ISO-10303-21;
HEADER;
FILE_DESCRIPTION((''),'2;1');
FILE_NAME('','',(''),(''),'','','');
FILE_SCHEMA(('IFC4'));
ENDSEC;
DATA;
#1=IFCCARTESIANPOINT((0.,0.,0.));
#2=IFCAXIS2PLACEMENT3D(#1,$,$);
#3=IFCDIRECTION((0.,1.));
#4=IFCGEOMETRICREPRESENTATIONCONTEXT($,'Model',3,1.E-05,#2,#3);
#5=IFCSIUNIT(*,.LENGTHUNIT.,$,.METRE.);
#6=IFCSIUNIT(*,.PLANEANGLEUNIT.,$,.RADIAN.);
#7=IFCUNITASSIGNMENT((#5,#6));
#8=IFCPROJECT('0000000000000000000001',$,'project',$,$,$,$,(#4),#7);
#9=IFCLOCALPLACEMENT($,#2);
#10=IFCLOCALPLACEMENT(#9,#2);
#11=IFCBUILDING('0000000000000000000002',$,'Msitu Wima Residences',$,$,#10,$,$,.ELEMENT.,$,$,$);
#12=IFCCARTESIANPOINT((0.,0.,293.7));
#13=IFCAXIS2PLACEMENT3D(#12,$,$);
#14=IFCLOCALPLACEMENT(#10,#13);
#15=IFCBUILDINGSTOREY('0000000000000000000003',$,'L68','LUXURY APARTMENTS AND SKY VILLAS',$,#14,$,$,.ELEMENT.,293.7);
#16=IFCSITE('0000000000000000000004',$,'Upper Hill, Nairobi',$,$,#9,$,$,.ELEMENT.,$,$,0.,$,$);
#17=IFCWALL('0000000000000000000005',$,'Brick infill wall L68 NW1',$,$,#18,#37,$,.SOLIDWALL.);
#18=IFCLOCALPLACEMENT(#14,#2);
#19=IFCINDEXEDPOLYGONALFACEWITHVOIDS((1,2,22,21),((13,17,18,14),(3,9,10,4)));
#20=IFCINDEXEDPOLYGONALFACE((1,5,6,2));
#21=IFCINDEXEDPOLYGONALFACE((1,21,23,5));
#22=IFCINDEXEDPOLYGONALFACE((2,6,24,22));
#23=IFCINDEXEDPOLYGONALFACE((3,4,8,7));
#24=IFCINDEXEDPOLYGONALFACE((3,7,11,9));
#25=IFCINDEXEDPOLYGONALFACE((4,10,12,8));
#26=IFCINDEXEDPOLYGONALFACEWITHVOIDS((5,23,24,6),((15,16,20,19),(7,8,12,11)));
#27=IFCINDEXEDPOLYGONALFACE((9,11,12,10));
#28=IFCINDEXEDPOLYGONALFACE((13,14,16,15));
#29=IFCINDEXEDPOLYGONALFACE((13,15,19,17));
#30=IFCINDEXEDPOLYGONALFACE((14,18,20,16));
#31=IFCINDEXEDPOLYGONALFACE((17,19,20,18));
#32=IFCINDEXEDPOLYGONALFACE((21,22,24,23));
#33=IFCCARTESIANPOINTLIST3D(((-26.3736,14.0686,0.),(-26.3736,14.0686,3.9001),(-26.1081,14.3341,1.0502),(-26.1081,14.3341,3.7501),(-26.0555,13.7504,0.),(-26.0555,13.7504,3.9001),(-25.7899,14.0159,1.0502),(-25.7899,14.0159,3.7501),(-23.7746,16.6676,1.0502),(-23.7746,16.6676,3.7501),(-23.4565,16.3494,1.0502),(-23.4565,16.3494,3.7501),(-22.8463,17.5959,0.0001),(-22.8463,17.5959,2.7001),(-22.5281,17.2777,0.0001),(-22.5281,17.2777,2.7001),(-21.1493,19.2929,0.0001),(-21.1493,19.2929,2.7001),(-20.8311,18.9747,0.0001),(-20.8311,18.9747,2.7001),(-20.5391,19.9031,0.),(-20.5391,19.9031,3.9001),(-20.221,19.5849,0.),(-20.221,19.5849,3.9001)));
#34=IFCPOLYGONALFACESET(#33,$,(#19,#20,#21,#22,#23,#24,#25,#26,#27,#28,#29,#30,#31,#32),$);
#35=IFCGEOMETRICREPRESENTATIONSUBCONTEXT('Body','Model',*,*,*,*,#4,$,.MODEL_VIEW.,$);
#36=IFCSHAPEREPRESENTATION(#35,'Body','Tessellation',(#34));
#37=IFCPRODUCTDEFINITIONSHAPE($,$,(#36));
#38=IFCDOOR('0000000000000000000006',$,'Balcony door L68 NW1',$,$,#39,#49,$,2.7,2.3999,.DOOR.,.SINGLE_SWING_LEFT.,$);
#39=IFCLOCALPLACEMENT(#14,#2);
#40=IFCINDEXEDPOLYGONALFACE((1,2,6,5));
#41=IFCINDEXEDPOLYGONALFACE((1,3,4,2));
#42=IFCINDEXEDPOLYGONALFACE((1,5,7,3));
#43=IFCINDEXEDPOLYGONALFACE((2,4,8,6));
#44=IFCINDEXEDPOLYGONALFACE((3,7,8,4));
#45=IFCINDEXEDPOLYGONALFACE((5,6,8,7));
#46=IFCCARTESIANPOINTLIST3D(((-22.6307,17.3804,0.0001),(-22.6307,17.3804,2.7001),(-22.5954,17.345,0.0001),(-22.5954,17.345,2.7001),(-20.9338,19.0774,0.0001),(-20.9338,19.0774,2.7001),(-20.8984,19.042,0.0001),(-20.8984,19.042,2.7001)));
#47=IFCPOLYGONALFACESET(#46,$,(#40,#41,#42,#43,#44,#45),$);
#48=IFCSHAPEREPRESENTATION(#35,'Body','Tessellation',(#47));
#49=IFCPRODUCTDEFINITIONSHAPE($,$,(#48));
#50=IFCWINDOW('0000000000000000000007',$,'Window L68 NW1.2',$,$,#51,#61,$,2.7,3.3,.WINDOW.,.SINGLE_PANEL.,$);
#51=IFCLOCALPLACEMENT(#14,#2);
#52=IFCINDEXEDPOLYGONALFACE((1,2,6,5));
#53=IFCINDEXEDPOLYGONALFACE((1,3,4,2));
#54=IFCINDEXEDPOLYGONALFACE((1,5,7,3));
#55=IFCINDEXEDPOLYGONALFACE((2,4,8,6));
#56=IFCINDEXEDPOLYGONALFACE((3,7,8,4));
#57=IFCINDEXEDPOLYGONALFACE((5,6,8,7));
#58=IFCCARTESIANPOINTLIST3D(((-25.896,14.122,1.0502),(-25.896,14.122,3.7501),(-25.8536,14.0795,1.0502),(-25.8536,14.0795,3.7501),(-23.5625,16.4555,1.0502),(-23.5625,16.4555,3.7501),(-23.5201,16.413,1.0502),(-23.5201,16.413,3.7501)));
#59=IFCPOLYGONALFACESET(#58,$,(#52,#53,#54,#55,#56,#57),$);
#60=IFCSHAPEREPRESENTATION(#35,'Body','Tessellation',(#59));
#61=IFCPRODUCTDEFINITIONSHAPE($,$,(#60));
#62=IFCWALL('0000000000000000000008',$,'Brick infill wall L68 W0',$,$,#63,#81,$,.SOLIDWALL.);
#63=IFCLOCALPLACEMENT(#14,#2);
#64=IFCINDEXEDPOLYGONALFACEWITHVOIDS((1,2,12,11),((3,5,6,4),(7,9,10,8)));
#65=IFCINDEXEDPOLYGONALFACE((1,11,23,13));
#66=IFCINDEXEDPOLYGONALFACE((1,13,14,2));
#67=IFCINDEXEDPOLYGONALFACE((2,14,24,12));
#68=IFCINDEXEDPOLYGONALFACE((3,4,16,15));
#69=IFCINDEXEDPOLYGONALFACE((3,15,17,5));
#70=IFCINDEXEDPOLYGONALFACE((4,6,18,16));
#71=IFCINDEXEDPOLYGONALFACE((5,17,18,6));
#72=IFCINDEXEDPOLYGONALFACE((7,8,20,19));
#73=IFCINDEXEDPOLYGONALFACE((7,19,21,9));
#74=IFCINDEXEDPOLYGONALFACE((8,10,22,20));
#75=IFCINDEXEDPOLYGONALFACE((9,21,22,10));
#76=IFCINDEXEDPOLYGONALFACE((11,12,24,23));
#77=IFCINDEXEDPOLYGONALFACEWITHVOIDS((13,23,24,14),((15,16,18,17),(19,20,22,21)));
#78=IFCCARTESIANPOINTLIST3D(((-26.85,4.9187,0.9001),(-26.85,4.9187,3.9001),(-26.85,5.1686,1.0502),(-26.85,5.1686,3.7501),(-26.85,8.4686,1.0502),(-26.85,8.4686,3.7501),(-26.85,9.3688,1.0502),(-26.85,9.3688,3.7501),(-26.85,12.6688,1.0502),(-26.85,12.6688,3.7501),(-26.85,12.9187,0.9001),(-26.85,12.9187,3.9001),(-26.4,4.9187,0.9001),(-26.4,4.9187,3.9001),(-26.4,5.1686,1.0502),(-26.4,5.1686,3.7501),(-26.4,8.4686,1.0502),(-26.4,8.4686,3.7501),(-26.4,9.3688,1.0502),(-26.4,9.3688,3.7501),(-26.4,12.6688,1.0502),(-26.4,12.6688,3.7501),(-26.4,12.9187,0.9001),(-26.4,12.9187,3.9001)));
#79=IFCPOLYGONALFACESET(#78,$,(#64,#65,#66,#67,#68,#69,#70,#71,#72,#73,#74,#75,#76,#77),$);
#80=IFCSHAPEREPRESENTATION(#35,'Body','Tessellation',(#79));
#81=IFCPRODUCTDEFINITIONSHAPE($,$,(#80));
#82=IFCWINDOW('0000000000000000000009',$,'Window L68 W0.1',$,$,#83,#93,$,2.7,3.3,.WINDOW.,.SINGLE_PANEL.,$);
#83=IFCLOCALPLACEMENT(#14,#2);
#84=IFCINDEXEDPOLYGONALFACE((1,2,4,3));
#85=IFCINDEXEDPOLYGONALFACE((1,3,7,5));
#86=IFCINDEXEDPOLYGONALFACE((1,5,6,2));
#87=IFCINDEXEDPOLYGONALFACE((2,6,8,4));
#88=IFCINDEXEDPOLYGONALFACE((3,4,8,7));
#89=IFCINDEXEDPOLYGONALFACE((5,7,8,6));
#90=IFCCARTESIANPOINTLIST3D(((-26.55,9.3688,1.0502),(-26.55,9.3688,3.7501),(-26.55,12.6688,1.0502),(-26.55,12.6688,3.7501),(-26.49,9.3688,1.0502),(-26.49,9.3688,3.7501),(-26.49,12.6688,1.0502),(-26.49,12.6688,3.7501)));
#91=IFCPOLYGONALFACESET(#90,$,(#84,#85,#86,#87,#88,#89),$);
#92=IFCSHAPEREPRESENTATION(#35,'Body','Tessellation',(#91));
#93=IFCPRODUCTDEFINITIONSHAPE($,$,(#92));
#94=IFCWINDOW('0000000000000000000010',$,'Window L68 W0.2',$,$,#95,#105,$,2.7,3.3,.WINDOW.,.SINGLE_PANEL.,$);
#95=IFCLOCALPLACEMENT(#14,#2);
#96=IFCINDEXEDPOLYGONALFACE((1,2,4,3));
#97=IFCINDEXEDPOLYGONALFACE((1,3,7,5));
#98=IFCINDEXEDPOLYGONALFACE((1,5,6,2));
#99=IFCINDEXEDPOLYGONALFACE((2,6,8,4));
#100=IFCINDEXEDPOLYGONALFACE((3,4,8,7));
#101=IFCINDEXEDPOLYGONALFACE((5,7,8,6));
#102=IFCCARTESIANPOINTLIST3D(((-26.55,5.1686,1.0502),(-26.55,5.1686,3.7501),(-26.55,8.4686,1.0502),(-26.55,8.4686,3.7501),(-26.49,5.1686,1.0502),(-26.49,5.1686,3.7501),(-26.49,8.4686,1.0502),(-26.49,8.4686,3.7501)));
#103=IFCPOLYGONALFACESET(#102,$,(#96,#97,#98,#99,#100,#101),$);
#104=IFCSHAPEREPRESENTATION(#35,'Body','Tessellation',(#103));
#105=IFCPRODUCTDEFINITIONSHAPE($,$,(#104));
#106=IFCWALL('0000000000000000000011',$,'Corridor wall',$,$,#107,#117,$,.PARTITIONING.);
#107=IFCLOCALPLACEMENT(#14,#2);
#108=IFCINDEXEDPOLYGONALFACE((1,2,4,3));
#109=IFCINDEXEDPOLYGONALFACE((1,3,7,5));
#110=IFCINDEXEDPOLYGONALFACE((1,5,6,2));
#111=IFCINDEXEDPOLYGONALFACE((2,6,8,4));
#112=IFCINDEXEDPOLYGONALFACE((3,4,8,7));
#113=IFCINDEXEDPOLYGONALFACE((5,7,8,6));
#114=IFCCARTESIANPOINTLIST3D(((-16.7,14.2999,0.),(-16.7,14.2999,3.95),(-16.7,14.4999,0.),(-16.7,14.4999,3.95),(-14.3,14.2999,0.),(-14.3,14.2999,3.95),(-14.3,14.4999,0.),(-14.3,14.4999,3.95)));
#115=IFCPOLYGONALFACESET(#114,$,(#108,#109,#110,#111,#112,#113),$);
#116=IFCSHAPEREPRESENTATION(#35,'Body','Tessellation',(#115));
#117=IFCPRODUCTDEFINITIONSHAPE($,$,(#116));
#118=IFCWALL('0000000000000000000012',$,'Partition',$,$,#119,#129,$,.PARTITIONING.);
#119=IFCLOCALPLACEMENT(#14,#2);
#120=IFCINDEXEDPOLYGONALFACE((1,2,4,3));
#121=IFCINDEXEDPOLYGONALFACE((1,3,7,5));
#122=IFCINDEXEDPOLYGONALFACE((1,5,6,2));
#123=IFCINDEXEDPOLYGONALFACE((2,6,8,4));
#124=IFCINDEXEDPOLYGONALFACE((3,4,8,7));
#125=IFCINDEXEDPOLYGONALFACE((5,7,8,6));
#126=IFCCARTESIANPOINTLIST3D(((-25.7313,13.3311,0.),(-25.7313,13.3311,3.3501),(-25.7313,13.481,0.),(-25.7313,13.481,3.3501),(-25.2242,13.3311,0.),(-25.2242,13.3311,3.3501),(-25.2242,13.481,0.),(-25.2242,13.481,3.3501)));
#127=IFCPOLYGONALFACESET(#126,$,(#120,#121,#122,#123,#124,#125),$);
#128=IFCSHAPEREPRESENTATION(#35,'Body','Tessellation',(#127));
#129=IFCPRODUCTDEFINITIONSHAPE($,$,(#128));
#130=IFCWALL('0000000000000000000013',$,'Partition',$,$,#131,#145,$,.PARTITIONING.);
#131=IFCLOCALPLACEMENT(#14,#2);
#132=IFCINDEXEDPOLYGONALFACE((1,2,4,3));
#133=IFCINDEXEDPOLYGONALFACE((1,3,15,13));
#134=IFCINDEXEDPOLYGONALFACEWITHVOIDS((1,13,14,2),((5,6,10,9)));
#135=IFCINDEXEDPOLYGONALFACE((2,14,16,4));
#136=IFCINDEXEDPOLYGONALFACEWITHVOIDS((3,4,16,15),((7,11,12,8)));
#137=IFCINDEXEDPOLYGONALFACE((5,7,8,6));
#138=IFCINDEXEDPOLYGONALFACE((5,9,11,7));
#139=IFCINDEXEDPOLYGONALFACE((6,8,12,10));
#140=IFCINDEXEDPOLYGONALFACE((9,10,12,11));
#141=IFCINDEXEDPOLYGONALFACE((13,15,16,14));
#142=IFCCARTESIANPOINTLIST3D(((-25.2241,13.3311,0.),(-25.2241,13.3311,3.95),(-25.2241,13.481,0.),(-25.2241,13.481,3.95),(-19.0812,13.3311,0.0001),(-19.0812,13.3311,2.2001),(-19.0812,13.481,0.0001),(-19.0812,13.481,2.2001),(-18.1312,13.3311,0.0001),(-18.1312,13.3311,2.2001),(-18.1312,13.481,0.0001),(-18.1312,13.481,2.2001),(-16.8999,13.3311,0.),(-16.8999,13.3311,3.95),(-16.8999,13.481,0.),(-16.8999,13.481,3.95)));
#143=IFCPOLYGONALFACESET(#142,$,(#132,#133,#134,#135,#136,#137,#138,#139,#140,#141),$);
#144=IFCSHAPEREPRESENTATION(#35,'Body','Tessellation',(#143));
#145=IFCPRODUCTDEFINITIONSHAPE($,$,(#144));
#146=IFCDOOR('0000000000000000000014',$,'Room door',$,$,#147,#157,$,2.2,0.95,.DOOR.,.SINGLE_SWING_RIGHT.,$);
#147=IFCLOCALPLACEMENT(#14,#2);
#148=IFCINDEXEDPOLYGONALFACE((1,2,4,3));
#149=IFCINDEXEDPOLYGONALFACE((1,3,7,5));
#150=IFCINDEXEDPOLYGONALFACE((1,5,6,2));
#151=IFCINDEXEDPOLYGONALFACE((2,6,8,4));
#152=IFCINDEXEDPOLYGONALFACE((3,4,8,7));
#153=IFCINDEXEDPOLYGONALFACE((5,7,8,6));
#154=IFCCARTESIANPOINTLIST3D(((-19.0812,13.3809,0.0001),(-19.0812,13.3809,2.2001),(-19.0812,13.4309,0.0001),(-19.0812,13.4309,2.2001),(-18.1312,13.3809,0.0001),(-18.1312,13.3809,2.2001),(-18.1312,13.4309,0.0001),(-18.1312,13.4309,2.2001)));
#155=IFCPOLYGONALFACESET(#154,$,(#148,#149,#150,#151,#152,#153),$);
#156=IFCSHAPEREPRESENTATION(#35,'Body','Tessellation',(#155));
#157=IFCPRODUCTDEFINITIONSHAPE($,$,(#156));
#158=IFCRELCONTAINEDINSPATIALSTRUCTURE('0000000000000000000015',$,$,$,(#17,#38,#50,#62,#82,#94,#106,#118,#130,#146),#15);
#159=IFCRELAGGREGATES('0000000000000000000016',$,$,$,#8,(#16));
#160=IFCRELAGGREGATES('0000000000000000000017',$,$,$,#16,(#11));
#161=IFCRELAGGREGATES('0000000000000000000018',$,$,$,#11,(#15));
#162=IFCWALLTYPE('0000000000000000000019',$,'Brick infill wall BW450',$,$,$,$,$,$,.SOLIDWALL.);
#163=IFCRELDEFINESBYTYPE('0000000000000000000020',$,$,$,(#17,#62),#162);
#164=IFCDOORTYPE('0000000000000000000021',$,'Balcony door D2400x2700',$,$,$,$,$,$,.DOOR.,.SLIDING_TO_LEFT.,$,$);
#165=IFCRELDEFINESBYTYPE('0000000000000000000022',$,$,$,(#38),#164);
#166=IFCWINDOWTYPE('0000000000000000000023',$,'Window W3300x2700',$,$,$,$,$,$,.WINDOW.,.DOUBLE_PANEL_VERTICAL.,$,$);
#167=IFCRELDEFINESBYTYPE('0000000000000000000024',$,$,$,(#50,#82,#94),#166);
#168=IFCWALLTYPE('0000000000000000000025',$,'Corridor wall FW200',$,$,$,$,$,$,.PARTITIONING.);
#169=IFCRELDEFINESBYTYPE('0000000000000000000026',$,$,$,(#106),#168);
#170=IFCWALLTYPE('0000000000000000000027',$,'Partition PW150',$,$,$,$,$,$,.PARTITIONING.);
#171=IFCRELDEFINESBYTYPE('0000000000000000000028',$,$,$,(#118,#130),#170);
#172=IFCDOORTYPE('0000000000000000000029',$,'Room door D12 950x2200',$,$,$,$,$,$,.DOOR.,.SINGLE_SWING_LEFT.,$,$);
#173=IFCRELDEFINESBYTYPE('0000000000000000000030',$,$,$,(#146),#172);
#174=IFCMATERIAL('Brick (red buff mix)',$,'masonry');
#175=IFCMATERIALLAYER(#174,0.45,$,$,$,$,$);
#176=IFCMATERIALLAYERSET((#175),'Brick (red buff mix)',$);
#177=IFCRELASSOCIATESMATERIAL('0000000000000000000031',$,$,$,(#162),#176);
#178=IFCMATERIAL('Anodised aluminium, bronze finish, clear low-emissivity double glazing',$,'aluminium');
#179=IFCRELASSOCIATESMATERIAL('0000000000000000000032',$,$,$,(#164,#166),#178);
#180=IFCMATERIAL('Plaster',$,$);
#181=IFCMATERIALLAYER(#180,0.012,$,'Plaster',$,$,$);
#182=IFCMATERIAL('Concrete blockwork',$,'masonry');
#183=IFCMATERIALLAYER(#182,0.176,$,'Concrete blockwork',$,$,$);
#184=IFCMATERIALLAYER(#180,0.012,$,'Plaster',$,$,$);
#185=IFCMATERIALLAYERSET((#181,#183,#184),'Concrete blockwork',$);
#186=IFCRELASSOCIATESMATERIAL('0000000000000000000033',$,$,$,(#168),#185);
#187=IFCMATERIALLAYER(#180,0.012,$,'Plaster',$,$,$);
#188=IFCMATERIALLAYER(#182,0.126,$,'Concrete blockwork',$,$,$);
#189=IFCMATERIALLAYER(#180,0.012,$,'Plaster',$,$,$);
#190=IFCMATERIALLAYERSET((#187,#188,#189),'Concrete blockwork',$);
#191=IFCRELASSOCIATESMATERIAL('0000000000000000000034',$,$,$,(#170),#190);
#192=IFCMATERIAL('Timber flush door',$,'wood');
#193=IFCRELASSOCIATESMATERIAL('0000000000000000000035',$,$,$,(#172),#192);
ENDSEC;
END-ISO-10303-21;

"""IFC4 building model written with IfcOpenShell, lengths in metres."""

from ifc_helpers import new_model, si_unit, direction, frame, frame_2d, origin, place, context, subcontext, project, spatial, rectangle, extrude, material, layer, layer_set, type_object, element, fill, save


model = new_model("IFC4")

# Units and contexts
model_context = context("Model", 3, precision=1e-05, world=origin(), true_north=direction((0.0, 1.0)))
body_context = subcontext(model_context, "Body", "Model", "MODEL_VIEW")
ifc_project = project(units=[si_unit("LENGTHUNIT", "METRE"), si_unit("PLANEANGLEUNIT", "RADIAN")], contexts=[model_context])

# Site, building, storey
site_placement = place(None, origin())
site = spatial("IfcSite", under=ifc_project, at=site_placement, Name="Upper Hill, Nairobi", CompositionType="ELEMENT", RefElevation=0.0)
building_placement = place(site_placement, origin())
building = spatial("IfcBuilding", under=site, at=building_placement, Name="Msitu Wima Residences", CompositionType="ELEMENT")
storey_placement = place(building_placement, frame((0.0, 0.0, 293.7)))
storey = spatial("IfcBuildingStorey", under=building, at=storey_placement, Name="L68", Description="LUXURY APARTMENTS AND SKY VILLAS", CompositionType="ELEMENT", Elevation=293.7)

# Wall, openings, door, window
ifc_material_1 = material(Name="Brick (red buff mix)", Category="masonry")
ifc_layer_1 = layer(ifc_material_1, 0.45)
ifc_layer_set_1 = layer_set([ifc_layer_1], Name="Brick (red buff mix)")
wall_type_1 = type_object("IfcWallType", Name="Brick infill wall BW450", PredefinedType="SOLIDWALL", material=ifc_layer_set_1)
wall_1_placement = place(storey_placement, frame((-20.3801, 19.7439, 0.0), z_axis=(0.0, 0.0, 1.0), x_axis=(-0.707107, -0.707107, 0.0)))
wall_1 = element("IfcWall", 1, at=wall_1_placement, inside=storey, type_object=wall_type_1, Name="Brick infill wall L68 NW1", PredefinedType="SOLIDWALL", context=body_context, shape_type="SweptSolid", body=[
    extrude(rectangle(XDim=8.2512, YDim=0.45, at=frame_2d((4.1255, 0.0))), origin(), (0.0, 0.0, 1.0), 3.9001),
])
opening_1_placement = place(wall_1_placement, frame((0.8628, 0.0, 0.0)))
opening_1 = element("IfcOpeningElement", 2, at=opening_1_placement, cuts=wall_1, PredefinedType="OPENING", context=body_context, shape_type="SweptSolid", body=[
    extrude(rectangle(XDim=2.3999, YDim=2.7, at=frame_2d((1.2, 1.3501))), frame((0.0, 0.2349, 0.0), z_axis=(0.0, -1.0, 0.0), x_axis=(1.0, 0.0, 0.0)), (0.0, 0.0, 1.0), 0.47),
])
opening_2_placement = place(wall_1_placement, frame((4.5757, 0.0, 1.05)))
opening_2 = element("IfcOpeningElement", 3, at=opening_2_placement, cuts=wall_1, PredefinedType="OPENING", context=body_context, shape_type="SweptSolid", body=[
    extrude(rectangle(XDim=3.3, YDim=2.7, at=frame_2d((1.6499, 1.3501))), frame((0.0, 0.2349, 0.0), z_axis=(0.0, -1.0, 0.0), x_axis=(1.0, 0.0, 0.0)), (0.0, 0.0, 1.0), 0.47),
])
ifc_material_2 = material(Name="Anodised aluminium, bronze finish, clear low-emissivity double glazing", Category="aluminium")
door_type_1 = type_object("IfcDoorType", Name="Balcony door D2400x2700", OperationType="SLIDING_TO_LEFT", PredefinedType="DOOR", material=ifc_material_2)
door_1_placement = place(opening_1_placement, origin())
door_1 = element("IfcDoor", 4, at=door_1_placement, inside=storey, type_object=door_type_1, Name="Balcony door L68 NW1", OperationType="SINGLE_SWING_LEFT", OverallHeight=2.7, OverallWidth=2.3999, PredefinedType="DOOR", context=body_context, shape_type="SweptSolid", body=[
    extrude(rectangle(XDim=2.3999, YDim=2.7, at=frame_2d((1.2, 1.3501))), frame((0.0, 0.1299, 0.0), z_axis=(0.0, -1.0, 0.0), x_axis=(1.0, 0.0, 0.0)), (0.0, 0.0, 1.0), 0.05),
])
fill(opening_1, door_1)
window_type = type_object("IfcWindowType", Name="Window W3300x2700", PartitioningType="DOUBLE_PANEL_VERTICAL", PredefinedType="WINDOW", material=ifc_material_2)
window_1_placement = place(opening_2_placement, origin())
window_1 = element("IfcWindow", 5, at=window_1_placement, inside=storey, type_object=window_type, Name="Window L68 NW1.2", OverallHeight=2.7, OverallWidth=3.3, PartitioningType="SINGLE_PANEL", PredefinedType="WINDOW", context=body_context, shape_type="SweptSolid", body=[
    extrude(rectangle(XDim=3.3, YDim=2.7, at=frame_2d((1.6499, 1.3501))), frame((0.0, 0.135, 0.0), z_axis=(0.0, -1.0, 0.0), x_axis=(1.0, 0.0, 0.0)), (0.0, 0.0, 1.0), 0.0601),
])
fill(opening_2, window_1)

# Wall, openings, windows
wall_2_placement = place(storey_placement, frame((-26.625, 12.9187, 0.9001), z_axis=(0.0, 0.0, 1.0), x_axis=(0.0, -1.0, 0.0)))
wall_2 = element("IfcWall", 6, at=wall_2_placement, inside=storey, type_object=wall_type_1, Name="Brick infill wall L68 W0", PredefinedType="SOLIDWALL", context=body_context, shape_type="SweptSolid", body=[
    extrude(rectangle(XDim=8.0, YDim=0.45, at=frame_2d((4.0, 0.0))), origin(), (0.0, 0.0, 1.0), 3.0),
])
opening_3_placement = place(wall_2_placement, frame((0.25, 0.0, 0.1499)))
opening_3 = element("IfcOpeningElement", 7, at=opening_3_placement, cuts=wall_2, PredefinedType="OPENING", context=body_context, shape_type="SweptSolid", body=[
    extrude(rectangle(XDim=3.3, YDim=2.7, at=frame_2d((1.6499, 1.3501))), frame((0.0, 0.2349, 0.0), z_axis=(0.0, -1.0, 0.0), x_axis=(1.0, 0.0, 0.0)), (0.0, 0.0, 1.0), 0.47),
])
opening_4_placement = place(wall_2_placement, frame((4.4502, 0.0, 0.1499)))
opening_4 = element("IfcOpeningElement", 8, at=opening_4_placement, cuts=wall_2, PredefinedType="OPENING", context=body_context, shape_type="SweptSolid", body=[
    extrude(rectangle(XDim=3.3, YDim=2.7, at=frame_2d((1.6499, 1.3501))), frame((0.0, 0.2349, 0.0), z_axis=(0.0, -1.0, 0.0), x_axis=(1.0, 0.0, 0.0)), (0.0, 0.0, 1.0), 0.47),
])
window_2_placement = place(opening_3_placement, origin())
window_2 = element("IfcWindow", 9, at=window_2_placement, inside=storey, type_object=window_type, Name="Window L68 W0.1", OverallHeight=2.7, OverallWidth=3.3, PartitioningType="SINGLE_PANEL", PredefinedType="WINDOW", context=body_context, shape_type="SweptSolid", body=[
    extrude(rectangle(XDim=3.3, YDim=2.7, at=frame_2d((1.6499, 1.3501))), frame((0.0, 0.135, 0.0), z_axis=(0.0, -1.0, 0.0), x_axis=(1.0, 0.0, 0.0)), (0.0, 0.0, 1.0), 0.0601),
])
fill(opening_3, window_2)
window_3_placement = place(opening_4_placement, origin())
window_3 = element("IfcWindow", 10, at=window_3_placement, inside=storey, type_object=window_type, Name="Window L68 W0.2", OverallHeight=2.7, OverallWidth=3.3, PartitioningType="SINGLE_PANEL", PredefinedType="WINDOW", context=body_context, shape_type="SweptSolid", body=[
    extrude(rectangle(XDim=3.3, YDim=2.7, at=frame_2d((1.6499, 1.3501))), frame((0.0, 0.135, 0.0), z_axis=(0.0, -1.0, 0.0), x_axis=(1.0, 0.0, 0.0)), (0.0, 0.0, 1.0), 0.0601),
])
fill(opening_4, window_3)

# Walls
ifc_material_3 = material(Name="Plaster")
ifc_layer_2 = layer(ifc_material_3, 0.012, Name="Plaster")
ifc_material_4 = material(Name="Concrete blockwork", Category="masonry")
ifc_layer_3 = layer(ifc_material_4, 0.176, Name="Concrete blockwork")
ifc_layer_4 = layer(ifc_material_3, 0.012, Name="Plaster")
ifc_layer_set_2 = layer_set([ifc_layer_2, ifc_layer_3, ifc_layer_4], Name="Concrete blockwork")
wall_type_2 = type_object("IfcWallType", Name="Corridor wall FW200", PredefinedType="PARTITIONING", material=ifc_layer_set_2)
wall_3_placement = place(storey_placement, frame((-16.7, 14.3999, 0.0), z_axis=(0.0, 0.0, 1.0), x_axis=(1.0, 0.0, 0.0)))
element("IfcWall", 11, at=wall_3_placement, inside=storey, type_object=wall_type_2, Name="Corridor wall", PredefinedType="PARTITIONING", context=body_context, shape_type="SweptSolid", body=[
    extrude(rectangle(XDim=2.3999, YDim=0.2, at=frame_2d((1.2, 0.0))), origin(), (0.0, 0.0, 1.0), 3.95),
])
ifc_layer_5 = layer(ifc_material_3, 0.012, Name="Plaster")
ifc_layer_6 = layer(ifc_material_4, 0.126, Name="Concrete blockwork")
ifc_layer_7 = layer(ifc_material_3, 0.012, Name="Plaster")
ifc_layer_set_3 = layer_set([ifc_layer_5, ifc_layer_6, ifc_layer_7], Name="Concrete blockwork")
wall_type_3 = type_object("IfcWallType", Name="Partition PW150", PredefinedType="PARTITIONING", material=ifc_layer_set_3)
wall_4_placement = place(storey_placement, frame((-25.7312, 13.406, 0.0), z_axis=(0.0, 0.0, 1.0), x_axis=(1.0, 0.0, 0.0)))
element("IfcWall", 12, at=wall_4_placement, inside=storey, type_object=wall_type_3, Name="Partition", PredefinedType="PARTITIONING", context=body_context, shape_type="SweptSolid", body=[
    extrude(rectangle(XDim=0.5071, YDim=0.1499, at=frame_2d((0.2534, 0.0))), origin(), (0.0, 0.0, 1.0), 3.3501),
])

# Wall, opening, door
wall_5_placement = place(storey_placement, frame((-25.2241, 13.406, 0.0), z_axis=(0.0, 0.0, 1.0), x_axis=(1.0, 0.0, 0.0)))
wall_5 = element("IfcWall", 13, at=wall_5_placement, inside=storey, type_object=wall_type_3, Name="Partition", PredefinedType="PARTITIONING", context=body_context, shape_type="SweptSolid", body=[
    extrude(rectangle(XDim=8.3242, YDim=0.1499, at=frame_2d((4.1621, 0.0))), origin(), (0.0, 0.0, 1.0), 3.95),
])
opening_5_placement = place(wall_5_placement, frame((6.1428, 0.0, 0.0)))
opening_5 = element("IfcOpeningElement", 14, at=opening_5_placement, cuts=wall_5, PredefinedType="OPENING", context=body_context, shape_type="SweptSolid", body=[
    extrude(rectangle(XDim=0.95, YDim=2.2, at=frame_2d((0.4751, 1.1001))), frame((0.0, 0.085, 0.0), z_axis=(0.0, -1.0, 0.0), x_axis=(1.0, 0.0, 0.0)), (0.0, 0.0, 1.0), 0.1699),
])
ifc_material_5 = material(Name="Timber flush door", Category="wood")
door_type_2 = type_object("IfcDoorType", Name="Room door D12 950x2200", OperationType="SINGLE_SWING_LEFT", PredefinedType="DOOR", material=ifc_material_5)
door_2_placement = place(opening_5_placement, origin())
door_2 = element("IfcDoor", 15, at=door_2_placement, inside=storey, type_object=door_type_2, Name="Room door", OperationType="SINGLE_SWING_RIGHT", OverallHeight=2.2, OverallWidth=0.95, PredefinedType="DOOR", context=body_context, shape_type="SweptSolid", body=[
    extrude(rectangle(XDim=0.95, YDim=2.2, at=frame_2d((0.4751, 1.1001))), frame((0.0, 0.0249, 0.0), z_axis=(0.0, -1.0, 0.0), x_axis=(1.0, 0.0, 0.0)), (0.0, 0.0, 1.0), 0.05),
])
fill(opening_5, door_2)

save(model, "model.ifc")
